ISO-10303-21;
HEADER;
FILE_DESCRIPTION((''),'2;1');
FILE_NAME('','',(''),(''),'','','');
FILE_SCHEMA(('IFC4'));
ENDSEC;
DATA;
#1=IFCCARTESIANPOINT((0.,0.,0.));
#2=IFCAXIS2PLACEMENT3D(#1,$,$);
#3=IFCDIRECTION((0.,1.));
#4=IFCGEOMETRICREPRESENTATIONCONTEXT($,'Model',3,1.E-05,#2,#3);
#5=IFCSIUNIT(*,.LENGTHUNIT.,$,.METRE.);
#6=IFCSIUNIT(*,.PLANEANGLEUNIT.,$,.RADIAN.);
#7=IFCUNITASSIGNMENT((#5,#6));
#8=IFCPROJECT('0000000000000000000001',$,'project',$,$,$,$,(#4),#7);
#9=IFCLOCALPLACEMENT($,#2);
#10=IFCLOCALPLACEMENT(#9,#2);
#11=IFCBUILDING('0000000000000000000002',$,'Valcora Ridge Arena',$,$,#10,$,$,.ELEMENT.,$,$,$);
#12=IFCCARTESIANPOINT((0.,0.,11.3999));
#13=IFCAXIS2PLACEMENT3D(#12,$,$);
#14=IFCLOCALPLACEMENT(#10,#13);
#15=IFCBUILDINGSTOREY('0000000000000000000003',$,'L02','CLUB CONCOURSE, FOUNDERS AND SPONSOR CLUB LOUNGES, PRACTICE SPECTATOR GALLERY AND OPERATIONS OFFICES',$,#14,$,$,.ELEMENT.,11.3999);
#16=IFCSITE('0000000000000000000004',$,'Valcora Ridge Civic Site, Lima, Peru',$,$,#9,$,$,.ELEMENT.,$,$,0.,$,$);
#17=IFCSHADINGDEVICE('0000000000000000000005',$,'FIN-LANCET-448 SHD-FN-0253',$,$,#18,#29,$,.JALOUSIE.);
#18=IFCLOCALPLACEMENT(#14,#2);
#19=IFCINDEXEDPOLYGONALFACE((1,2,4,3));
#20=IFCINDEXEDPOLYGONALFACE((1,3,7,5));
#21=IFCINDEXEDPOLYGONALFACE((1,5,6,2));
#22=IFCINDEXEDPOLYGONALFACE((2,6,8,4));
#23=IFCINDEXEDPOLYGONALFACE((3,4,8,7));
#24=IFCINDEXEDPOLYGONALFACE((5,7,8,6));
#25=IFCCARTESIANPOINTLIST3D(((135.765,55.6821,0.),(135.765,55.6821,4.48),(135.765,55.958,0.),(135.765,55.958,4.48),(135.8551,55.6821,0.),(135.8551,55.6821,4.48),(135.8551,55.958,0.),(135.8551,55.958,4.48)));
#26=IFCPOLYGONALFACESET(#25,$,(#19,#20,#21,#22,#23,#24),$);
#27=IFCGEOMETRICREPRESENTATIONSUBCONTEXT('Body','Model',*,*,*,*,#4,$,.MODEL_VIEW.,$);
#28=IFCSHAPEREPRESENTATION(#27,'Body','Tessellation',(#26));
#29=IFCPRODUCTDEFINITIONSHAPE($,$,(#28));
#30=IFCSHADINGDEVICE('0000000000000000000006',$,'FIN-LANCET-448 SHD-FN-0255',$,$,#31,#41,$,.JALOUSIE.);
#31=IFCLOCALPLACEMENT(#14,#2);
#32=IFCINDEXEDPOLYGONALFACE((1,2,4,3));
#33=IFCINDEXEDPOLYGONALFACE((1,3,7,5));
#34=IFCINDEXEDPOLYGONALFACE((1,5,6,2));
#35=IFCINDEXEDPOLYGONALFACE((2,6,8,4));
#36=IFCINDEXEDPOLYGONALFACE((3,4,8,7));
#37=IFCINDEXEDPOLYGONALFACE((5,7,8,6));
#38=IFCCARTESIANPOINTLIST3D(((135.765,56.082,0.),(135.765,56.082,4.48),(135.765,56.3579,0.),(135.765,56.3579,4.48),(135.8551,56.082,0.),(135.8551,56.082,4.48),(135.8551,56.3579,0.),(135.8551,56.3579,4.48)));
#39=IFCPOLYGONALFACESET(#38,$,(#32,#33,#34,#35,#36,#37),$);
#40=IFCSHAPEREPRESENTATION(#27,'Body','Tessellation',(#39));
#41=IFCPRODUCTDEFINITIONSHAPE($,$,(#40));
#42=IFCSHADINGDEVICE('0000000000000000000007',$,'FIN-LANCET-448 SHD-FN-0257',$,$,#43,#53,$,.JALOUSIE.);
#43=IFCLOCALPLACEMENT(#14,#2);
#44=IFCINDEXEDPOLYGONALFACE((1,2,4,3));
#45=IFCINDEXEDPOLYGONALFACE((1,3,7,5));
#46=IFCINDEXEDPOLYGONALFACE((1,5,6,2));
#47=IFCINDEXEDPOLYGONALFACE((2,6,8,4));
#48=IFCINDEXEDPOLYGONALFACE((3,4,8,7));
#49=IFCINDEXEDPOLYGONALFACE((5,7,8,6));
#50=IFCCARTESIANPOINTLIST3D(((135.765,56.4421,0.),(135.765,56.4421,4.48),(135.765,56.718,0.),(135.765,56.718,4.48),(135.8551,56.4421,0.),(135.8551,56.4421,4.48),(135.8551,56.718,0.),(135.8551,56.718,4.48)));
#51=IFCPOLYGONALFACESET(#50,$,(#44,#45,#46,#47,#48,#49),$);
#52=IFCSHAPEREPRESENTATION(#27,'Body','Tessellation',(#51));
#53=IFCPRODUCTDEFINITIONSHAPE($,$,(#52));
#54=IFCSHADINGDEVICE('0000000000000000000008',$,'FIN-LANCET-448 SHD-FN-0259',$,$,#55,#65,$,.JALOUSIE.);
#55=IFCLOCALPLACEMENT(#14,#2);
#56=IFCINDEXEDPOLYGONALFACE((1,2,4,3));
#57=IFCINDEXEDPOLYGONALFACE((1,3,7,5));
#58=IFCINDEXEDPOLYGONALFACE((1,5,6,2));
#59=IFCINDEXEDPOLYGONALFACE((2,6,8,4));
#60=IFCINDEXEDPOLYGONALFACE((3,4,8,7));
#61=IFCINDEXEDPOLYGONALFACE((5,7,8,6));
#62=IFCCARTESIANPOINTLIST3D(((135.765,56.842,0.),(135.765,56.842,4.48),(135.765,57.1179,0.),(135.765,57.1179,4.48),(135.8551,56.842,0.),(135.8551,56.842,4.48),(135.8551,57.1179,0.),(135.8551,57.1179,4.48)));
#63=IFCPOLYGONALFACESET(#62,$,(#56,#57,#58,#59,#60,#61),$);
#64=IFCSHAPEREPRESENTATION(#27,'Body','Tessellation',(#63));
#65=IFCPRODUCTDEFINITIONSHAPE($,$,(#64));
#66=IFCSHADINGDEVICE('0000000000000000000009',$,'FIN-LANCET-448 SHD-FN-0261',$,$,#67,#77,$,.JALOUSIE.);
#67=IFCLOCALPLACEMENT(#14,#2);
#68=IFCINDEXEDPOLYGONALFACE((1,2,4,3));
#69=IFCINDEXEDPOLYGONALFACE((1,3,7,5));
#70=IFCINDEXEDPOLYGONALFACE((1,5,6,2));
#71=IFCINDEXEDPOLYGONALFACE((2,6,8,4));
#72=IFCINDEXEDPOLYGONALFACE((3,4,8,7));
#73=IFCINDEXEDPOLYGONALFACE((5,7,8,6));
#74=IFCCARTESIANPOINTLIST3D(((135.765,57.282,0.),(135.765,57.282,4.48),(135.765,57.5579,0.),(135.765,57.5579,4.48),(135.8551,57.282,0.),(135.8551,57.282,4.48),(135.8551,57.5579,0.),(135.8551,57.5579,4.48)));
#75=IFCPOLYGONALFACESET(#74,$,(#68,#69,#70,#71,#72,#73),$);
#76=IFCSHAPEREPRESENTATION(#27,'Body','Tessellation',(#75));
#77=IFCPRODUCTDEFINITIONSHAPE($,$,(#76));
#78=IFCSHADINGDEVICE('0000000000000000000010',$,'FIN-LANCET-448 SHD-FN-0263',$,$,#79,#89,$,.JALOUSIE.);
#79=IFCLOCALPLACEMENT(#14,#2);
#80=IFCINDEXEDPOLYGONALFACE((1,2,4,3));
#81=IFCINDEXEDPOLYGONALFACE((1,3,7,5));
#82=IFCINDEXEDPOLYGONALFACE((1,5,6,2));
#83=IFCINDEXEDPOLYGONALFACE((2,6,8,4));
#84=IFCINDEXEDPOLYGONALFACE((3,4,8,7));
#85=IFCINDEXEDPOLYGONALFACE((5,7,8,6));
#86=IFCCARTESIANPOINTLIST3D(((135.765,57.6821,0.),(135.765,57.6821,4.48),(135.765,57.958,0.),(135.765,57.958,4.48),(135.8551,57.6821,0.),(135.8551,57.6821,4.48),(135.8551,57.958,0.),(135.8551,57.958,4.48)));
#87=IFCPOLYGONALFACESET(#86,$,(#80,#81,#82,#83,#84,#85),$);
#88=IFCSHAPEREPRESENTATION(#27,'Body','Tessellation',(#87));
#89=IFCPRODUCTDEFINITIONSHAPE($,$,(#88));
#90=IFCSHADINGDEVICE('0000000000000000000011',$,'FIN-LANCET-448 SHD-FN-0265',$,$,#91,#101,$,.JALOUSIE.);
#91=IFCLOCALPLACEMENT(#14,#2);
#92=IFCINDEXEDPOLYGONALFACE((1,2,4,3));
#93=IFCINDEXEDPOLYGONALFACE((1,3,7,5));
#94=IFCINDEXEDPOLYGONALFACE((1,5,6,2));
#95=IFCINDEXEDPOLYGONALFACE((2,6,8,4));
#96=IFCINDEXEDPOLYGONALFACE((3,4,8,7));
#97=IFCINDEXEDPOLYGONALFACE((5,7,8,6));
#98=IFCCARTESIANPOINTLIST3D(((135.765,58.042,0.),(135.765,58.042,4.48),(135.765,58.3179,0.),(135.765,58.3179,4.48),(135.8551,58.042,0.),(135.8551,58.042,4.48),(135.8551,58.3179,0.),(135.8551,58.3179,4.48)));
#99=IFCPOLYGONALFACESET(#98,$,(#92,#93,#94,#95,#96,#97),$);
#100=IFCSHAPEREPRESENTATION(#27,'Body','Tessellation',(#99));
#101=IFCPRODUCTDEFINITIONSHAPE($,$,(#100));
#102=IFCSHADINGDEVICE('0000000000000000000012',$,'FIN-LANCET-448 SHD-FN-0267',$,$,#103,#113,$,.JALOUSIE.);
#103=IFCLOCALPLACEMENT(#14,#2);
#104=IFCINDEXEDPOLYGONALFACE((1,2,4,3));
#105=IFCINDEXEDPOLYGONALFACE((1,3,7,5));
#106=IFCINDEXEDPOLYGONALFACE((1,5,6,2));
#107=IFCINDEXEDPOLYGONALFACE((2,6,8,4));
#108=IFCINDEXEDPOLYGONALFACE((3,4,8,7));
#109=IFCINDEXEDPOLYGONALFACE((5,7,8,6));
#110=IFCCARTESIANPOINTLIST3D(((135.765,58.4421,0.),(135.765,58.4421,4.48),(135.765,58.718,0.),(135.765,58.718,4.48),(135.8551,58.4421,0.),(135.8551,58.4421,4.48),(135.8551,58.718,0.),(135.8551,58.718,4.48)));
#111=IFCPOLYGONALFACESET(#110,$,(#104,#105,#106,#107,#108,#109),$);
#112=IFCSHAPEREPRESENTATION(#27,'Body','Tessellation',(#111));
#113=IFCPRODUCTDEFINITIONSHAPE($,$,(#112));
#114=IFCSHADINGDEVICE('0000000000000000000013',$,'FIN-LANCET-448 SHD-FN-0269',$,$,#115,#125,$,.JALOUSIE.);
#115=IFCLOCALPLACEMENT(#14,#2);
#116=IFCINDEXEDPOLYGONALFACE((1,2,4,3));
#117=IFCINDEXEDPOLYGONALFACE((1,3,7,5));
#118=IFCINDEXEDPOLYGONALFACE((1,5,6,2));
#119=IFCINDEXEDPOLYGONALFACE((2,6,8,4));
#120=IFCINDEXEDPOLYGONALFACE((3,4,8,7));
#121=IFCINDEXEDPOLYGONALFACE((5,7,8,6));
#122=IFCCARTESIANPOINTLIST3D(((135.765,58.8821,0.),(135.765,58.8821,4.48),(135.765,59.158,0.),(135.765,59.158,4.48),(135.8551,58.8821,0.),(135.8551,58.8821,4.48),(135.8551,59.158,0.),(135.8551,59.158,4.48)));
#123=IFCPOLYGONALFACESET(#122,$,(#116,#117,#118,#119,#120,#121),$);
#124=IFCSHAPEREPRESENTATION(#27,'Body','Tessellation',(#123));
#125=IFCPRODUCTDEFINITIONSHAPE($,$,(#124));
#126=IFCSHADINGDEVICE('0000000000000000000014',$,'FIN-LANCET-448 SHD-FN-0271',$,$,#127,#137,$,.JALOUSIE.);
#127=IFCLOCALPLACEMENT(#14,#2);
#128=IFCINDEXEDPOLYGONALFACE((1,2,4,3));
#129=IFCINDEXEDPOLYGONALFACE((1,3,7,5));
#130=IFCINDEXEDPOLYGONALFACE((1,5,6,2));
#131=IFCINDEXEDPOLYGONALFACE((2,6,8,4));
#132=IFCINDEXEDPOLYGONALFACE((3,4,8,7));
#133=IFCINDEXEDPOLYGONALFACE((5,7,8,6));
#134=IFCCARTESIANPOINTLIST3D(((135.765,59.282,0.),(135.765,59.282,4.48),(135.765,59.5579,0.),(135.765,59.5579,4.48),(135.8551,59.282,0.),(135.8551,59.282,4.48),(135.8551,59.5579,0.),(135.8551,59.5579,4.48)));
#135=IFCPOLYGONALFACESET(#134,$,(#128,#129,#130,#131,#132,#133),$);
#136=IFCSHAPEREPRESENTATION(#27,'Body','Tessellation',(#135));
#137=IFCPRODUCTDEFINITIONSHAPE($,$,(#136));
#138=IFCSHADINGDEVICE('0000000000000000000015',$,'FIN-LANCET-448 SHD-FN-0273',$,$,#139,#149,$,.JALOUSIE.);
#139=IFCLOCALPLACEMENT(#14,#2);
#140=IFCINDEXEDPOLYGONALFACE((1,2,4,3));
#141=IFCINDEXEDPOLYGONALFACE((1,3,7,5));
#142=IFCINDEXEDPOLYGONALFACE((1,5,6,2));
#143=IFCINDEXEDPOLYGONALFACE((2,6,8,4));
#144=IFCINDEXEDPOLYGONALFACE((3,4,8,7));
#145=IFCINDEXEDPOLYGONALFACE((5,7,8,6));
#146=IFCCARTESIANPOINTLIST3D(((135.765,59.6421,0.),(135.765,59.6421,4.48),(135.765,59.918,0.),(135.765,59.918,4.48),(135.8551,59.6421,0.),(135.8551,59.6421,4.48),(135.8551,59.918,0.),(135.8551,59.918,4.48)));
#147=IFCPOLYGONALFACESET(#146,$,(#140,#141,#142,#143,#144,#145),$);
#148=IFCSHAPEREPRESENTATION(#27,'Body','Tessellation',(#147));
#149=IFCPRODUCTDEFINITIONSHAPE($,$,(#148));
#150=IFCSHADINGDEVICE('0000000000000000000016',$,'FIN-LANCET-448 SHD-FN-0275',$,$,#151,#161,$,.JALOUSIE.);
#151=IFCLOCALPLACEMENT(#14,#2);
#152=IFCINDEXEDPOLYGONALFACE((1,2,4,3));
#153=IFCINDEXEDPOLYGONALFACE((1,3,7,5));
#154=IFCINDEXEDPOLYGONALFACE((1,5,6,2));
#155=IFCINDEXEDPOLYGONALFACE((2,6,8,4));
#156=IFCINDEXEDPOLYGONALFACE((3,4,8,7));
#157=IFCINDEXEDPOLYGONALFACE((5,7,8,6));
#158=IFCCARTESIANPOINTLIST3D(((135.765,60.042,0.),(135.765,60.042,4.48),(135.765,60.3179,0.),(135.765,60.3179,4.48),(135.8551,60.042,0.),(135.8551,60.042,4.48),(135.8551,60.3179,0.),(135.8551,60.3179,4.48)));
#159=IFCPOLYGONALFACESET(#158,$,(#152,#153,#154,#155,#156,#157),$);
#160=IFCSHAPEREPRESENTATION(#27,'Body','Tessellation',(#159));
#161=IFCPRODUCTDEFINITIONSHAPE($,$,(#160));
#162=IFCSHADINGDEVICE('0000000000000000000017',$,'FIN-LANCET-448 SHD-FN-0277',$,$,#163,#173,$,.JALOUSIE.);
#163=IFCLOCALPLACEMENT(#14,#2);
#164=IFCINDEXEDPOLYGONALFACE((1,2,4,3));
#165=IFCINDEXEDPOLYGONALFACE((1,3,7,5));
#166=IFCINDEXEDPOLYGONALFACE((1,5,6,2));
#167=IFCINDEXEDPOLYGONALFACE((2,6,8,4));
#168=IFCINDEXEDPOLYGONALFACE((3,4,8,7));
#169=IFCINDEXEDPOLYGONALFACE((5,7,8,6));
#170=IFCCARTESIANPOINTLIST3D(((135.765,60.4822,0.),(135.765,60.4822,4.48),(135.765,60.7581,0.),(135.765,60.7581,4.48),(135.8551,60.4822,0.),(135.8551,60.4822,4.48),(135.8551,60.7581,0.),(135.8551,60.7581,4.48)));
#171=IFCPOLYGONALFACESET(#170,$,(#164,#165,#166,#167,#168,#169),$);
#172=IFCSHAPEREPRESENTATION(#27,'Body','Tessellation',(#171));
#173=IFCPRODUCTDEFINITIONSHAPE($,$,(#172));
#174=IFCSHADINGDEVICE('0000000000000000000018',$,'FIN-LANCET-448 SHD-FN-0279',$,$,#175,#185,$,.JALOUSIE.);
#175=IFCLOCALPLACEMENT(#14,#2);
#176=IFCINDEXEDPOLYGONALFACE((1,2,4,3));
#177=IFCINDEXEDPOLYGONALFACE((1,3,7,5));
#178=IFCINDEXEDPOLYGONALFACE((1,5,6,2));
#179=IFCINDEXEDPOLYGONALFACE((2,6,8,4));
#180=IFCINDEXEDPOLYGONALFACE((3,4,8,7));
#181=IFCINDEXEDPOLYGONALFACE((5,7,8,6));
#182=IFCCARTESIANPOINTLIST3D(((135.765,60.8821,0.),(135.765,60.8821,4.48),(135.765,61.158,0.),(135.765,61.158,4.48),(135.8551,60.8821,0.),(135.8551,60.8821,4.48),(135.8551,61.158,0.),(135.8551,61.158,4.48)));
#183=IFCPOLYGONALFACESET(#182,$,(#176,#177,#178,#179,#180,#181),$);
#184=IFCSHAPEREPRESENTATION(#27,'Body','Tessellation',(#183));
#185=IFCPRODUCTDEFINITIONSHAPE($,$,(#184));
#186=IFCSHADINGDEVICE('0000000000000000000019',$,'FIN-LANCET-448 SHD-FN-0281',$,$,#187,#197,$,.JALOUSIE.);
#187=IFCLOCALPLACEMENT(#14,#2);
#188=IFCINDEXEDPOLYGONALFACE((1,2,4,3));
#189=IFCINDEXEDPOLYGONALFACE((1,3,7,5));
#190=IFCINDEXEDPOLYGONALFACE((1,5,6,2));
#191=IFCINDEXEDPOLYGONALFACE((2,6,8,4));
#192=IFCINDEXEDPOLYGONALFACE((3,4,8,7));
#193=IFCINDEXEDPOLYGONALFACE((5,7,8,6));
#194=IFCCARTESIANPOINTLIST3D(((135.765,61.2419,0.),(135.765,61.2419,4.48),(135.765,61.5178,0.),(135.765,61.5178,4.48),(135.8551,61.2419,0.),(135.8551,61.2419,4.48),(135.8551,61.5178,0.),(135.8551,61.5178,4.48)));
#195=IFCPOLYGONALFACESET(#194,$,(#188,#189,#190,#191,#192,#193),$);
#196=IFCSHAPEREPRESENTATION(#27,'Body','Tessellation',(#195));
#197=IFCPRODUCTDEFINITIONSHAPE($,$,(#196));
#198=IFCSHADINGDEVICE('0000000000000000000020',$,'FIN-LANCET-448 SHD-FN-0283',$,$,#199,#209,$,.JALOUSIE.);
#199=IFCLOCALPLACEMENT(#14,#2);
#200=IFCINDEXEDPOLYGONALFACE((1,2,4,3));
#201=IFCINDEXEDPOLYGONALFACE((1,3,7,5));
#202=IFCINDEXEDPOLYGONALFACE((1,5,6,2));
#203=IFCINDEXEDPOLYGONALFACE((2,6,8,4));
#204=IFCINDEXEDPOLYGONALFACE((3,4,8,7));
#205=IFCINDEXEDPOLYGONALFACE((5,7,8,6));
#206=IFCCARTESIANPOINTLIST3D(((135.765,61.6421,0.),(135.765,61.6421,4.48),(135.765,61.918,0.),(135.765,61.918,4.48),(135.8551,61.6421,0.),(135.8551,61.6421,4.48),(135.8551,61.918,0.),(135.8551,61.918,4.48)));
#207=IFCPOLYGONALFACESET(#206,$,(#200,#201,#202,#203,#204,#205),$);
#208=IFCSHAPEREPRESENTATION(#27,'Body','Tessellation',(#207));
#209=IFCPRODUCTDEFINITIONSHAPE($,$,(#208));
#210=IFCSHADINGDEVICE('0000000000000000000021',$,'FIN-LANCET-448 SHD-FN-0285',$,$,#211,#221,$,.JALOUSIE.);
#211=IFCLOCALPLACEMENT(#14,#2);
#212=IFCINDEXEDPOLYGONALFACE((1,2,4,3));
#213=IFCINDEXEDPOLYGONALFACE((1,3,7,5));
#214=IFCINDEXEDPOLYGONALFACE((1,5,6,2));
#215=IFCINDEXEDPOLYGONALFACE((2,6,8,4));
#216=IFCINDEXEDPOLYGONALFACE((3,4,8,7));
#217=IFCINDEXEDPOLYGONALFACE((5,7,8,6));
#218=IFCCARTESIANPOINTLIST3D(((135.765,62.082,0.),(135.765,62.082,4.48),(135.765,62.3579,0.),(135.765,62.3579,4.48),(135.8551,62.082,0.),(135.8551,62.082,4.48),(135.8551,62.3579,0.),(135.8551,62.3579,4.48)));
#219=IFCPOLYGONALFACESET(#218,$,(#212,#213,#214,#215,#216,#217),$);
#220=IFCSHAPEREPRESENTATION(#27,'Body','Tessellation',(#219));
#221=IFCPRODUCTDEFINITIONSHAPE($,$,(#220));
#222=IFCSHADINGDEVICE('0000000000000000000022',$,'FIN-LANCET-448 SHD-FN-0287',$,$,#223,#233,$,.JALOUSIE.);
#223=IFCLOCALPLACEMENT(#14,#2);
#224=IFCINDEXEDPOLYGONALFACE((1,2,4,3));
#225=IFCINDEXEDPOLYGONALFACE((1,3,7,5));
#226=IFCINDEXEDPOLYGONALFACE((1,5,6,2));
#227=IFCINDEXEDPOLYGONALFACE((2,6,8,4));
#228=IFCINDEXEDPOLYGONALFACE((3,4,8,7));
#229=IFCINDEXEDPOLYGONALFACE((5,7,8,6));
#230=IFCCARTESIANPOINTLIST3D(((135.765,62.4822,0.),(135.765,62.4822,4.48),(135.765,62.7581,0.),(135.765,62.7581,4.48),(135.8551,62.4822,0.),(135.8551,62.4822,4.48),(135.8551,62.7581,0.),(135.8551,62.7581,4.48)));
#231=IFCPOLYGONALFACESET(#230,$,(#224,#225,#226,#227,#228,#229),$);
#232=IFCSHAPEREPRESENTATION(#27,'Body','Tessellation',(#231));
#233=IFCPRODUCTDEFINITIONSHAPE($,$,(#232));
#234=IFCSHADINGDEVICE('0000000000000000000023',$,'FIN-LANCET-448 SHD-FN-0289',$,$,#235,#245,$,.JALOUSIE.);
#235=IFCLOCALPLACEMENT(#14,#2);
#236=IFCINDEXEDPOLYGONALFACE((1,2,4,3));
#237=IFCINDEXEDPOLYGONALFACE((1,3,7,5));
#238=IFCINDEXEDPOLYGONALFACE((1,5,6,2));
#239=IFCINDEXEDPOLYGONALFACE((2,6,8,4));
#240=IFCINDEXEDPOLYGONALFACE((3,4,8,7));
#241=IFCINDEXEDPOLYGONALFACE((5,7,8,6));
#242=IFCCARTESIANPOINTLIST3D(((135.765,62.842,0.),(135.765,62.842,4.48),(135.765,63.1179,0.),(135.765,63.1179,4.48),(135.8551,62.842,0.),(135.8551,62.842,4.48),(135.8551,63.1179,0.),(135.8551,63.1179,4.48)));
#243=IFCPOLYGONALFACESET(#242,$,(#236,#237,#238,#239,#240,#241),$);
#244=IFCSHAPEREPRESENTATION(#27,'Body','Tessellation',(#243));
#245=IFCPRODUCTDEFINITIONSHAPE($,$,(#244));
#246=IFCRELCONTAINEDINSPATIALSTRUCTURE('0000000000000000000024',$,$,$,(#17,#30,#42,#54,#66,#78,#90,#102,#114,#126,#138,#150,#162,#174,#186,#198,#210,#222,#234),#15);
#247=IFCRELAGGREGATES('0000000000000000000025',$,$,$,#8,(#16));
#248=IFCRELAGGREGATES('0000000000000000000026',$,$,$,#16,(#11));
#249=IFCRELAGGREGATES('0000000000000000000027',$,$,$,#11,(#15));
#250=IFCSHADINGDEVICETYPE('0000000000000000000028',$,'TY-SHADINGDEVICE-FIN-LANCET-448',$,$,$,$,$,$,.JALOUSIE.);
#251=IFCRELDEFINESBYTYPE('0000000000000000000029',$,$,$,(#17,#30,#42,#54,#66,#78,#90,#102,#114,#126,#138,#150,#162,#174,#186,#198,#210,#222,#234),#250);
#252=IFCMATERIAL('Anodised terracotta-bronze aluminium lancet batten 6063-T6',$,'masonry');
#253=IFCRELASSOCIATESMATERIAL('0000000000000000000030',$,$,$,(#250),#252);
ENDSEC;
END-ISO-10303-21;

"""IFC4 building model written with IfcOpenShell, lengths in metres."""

from ifc_helpers import new_model, si_unit, direction, frame, origin, origin_2d, place, context, subcontext, project, spatial, rectangle, extrude, material, material_profile, profile_set, type_object, element, save


model = new_model("IFC4")

# Units and contexts
model_context = context("Model", 3, precision=1e-05, world=origin(), true_north=direction((0.0, 1.0)))
body_context = subcontext(model_context, "Body", "Model", "MODEL_VIEW")
ifc_project = project(units=[si_unit("LENGTHUNIT", "METRE"), si_unit("PLANEANGLEUNIT", "RADIAN")], contexts=[model_context])

# Site, building, storey
site_placement = place(None, origin())
site = spatial("IfcSite", under=ifc_project, at=site_placement, Name="Valcora Ridge Civic Site, Lima, Peru", CompositionType="ELEMENT", RefElevation=0.0)
building_placement = place(site_placement, origin())
building = spatial("IfcBuilding", under=site, at=building_placement, Name="Valcora Ridge Arena", CompositionType="ELEMENT")
storey_placement = place(building_placement, frame((0.0, 0.0, 11.3999)))
storey = spatial("IfcBuildingStorey", under=building, at=storey_placement, Name="L02", Description="CLUB CONCOURSE, FOUNDERS AND SPONSOR CLUB LOUNGES, PRACTICE SPECTATOR GALLERY AND OPERATIONS OFFICES", CompositionType="ELEMENT", Elevation=11.3999)

# Shading devices
ifc_material_1 = material(Name="Anodised terracotta-bronze aluminium lancet batten 6063-T6", Category="masonry")
ifc_material_profile = material_profile(ifc_material_1, rectangle(XDim=0.0901, YDim=0.2759, at=origin_2d()), Name="ALU LANCET BATTEN 90x276")
ifc_profile_set = profile_set([ifc_material_profile], Name="Anodised terracotta-bronze aluminium lancet batten 6063-T6")
shading_device_type = type_object("IfcShadingDeviceType", Name="TY-SHADINGDEVICE-FIN-LANCET-448", PredefinedType="JALOUSIE", material=ifc_profile_set)
for number, where, z_axis, x_axis, name in (
    (1, (135.8101, 55.8201, 0.0), (0.0, 0.0, 1.0), (1.0, 0.0, 0.0), "FIN-LANCET-448 SHD-FN-0253"),
    (2, (135.8101, 56.22, 0.0), (0.0, 0.0, 1.0), (1.0, 0.0, 0.0), "FIN-LANCET-448 SHD-FN-0255"),
    (3, (135.8101, 56.5801, 0.0), (0.0, 0.0, 1.0), (1.0, 0.0, 0.0), "FIN-LANCET-448 SHD-FN-0257"),
    (4, (135.8101, 56.98, 0.0), (0.0, 0.0, 1.0), (1.0, 0.0, 0.0), "FIN-LANCET-448 SHD-FN-0259"),
    (5, (135.8101, 57.4199, 0.0), (0.0, 0.0, 1.0), (1.0, 0.0, 0.0), "FIN-LANCET-448 SHD-FN-0261"),
    (6, (135.8101, 57.8201, 0.0), (0.0, 0.0, 1.0), (1.0, 0.0, 0.0), "FIN-LANCET-448 SHD-FN-0263"),
    (7, (135.8101, 58.1799, 0.0), (0.0, 0.0, 1.0), (1.0, 0.0, 0.0), "FIN-LANCET-448 SHD-FN-0265"),
    (8, (135.8101, 58.5801, 0.0), (0.0, 0.0, 1.0), (1.0, 0.0, 0.0), "FIN-LANCET-448 SHD-FN-0267"),
    (9, (135.8101, 59.02, 0.0), (0.0, 0.0, 1.0), (1.0, 0.0, 0.0), "FIN-LANCET-448 SHD-FN-0269"),
    (10, (135.8101, 59.4199, 0.0), (0.0, 0.0, 1.0), (1.0, 0.0, 0.0), "FIN-LANCET-448 SHD-FN-0271"),
    (11, (135.8101, 59.78, 0.0), (0.0, 0.0, 1.0), (1.0, 0.0, 0.0), "FIN-LANCET-448 SHD-FN-0273"),
    (12, (135.8101, 60.1799, 0.0), (0.0, 0.0, 1.0), (1.0, 0.0, 0.0), "FIN-LANCET-448 SHD-FN-0275"),
    (13, (135.8101, 60.6201, 0.0), (0.0, 0.0, 1.0), (1.0, 0.0, 0.0), "FIN-LANCET-448 SHD-FN-0277"),
    (14, (135.8101, 61.02, 0.0), (0.0, 0.0, 1.0), (1.0, 0.0, 0.0), "FIN-LANCET-448 SHD-FN-0279"),
    (15, (135.8101, 61.3799, 0.0), (0.0, 0.0, 1.0), (1.0, 0.0, 0.0), "FIN-LANCET-448 SHD-FN-0281"),
    (16, (135.8101, 61.78, 0.0), (0.0, 0.0, 1.0), (1.0, 0.0, 0.0), "FIN-LANCET-448 SHD-FN-0283"),
    (17, (135.8101, 62.22, 0.0), (0.0, 0.0, 1.0), (1.0, 0.0, 0.0), "FIN-LANCET-448 SHD-FN-0285"),
    (18, (135.8101, 62.6201, 0.0), (0.0, 0.0, 1.0), (1.0, 0.0, 0.0), "FIN-LANCET-448 SHD-FN-0287"),
    (19, (135.8101, 62.98, 0.0), (0.0, 0.0, 1.0), (1.0, 0.0, 0.0), "FIN-LANCET-448 SHD-FN-0289"),
):
    element("IfcShadingDevice", number, at=place(storey_placement, frame(where, z_axis=z_axis, x_axis=x_axis)), inside=storey, type_object=shading_device_type, Name=name, PredefinedType="JALOUSIE", context=body_context, shape_type="SweptSolid", body=[
        extrude(rectangle(XDim=0.0901, YDim=0.2759, at=origin_2d()), origin(), (0.0, 0.0, 1.0), 4.48),
    ])

save(model, "model.ifc")
